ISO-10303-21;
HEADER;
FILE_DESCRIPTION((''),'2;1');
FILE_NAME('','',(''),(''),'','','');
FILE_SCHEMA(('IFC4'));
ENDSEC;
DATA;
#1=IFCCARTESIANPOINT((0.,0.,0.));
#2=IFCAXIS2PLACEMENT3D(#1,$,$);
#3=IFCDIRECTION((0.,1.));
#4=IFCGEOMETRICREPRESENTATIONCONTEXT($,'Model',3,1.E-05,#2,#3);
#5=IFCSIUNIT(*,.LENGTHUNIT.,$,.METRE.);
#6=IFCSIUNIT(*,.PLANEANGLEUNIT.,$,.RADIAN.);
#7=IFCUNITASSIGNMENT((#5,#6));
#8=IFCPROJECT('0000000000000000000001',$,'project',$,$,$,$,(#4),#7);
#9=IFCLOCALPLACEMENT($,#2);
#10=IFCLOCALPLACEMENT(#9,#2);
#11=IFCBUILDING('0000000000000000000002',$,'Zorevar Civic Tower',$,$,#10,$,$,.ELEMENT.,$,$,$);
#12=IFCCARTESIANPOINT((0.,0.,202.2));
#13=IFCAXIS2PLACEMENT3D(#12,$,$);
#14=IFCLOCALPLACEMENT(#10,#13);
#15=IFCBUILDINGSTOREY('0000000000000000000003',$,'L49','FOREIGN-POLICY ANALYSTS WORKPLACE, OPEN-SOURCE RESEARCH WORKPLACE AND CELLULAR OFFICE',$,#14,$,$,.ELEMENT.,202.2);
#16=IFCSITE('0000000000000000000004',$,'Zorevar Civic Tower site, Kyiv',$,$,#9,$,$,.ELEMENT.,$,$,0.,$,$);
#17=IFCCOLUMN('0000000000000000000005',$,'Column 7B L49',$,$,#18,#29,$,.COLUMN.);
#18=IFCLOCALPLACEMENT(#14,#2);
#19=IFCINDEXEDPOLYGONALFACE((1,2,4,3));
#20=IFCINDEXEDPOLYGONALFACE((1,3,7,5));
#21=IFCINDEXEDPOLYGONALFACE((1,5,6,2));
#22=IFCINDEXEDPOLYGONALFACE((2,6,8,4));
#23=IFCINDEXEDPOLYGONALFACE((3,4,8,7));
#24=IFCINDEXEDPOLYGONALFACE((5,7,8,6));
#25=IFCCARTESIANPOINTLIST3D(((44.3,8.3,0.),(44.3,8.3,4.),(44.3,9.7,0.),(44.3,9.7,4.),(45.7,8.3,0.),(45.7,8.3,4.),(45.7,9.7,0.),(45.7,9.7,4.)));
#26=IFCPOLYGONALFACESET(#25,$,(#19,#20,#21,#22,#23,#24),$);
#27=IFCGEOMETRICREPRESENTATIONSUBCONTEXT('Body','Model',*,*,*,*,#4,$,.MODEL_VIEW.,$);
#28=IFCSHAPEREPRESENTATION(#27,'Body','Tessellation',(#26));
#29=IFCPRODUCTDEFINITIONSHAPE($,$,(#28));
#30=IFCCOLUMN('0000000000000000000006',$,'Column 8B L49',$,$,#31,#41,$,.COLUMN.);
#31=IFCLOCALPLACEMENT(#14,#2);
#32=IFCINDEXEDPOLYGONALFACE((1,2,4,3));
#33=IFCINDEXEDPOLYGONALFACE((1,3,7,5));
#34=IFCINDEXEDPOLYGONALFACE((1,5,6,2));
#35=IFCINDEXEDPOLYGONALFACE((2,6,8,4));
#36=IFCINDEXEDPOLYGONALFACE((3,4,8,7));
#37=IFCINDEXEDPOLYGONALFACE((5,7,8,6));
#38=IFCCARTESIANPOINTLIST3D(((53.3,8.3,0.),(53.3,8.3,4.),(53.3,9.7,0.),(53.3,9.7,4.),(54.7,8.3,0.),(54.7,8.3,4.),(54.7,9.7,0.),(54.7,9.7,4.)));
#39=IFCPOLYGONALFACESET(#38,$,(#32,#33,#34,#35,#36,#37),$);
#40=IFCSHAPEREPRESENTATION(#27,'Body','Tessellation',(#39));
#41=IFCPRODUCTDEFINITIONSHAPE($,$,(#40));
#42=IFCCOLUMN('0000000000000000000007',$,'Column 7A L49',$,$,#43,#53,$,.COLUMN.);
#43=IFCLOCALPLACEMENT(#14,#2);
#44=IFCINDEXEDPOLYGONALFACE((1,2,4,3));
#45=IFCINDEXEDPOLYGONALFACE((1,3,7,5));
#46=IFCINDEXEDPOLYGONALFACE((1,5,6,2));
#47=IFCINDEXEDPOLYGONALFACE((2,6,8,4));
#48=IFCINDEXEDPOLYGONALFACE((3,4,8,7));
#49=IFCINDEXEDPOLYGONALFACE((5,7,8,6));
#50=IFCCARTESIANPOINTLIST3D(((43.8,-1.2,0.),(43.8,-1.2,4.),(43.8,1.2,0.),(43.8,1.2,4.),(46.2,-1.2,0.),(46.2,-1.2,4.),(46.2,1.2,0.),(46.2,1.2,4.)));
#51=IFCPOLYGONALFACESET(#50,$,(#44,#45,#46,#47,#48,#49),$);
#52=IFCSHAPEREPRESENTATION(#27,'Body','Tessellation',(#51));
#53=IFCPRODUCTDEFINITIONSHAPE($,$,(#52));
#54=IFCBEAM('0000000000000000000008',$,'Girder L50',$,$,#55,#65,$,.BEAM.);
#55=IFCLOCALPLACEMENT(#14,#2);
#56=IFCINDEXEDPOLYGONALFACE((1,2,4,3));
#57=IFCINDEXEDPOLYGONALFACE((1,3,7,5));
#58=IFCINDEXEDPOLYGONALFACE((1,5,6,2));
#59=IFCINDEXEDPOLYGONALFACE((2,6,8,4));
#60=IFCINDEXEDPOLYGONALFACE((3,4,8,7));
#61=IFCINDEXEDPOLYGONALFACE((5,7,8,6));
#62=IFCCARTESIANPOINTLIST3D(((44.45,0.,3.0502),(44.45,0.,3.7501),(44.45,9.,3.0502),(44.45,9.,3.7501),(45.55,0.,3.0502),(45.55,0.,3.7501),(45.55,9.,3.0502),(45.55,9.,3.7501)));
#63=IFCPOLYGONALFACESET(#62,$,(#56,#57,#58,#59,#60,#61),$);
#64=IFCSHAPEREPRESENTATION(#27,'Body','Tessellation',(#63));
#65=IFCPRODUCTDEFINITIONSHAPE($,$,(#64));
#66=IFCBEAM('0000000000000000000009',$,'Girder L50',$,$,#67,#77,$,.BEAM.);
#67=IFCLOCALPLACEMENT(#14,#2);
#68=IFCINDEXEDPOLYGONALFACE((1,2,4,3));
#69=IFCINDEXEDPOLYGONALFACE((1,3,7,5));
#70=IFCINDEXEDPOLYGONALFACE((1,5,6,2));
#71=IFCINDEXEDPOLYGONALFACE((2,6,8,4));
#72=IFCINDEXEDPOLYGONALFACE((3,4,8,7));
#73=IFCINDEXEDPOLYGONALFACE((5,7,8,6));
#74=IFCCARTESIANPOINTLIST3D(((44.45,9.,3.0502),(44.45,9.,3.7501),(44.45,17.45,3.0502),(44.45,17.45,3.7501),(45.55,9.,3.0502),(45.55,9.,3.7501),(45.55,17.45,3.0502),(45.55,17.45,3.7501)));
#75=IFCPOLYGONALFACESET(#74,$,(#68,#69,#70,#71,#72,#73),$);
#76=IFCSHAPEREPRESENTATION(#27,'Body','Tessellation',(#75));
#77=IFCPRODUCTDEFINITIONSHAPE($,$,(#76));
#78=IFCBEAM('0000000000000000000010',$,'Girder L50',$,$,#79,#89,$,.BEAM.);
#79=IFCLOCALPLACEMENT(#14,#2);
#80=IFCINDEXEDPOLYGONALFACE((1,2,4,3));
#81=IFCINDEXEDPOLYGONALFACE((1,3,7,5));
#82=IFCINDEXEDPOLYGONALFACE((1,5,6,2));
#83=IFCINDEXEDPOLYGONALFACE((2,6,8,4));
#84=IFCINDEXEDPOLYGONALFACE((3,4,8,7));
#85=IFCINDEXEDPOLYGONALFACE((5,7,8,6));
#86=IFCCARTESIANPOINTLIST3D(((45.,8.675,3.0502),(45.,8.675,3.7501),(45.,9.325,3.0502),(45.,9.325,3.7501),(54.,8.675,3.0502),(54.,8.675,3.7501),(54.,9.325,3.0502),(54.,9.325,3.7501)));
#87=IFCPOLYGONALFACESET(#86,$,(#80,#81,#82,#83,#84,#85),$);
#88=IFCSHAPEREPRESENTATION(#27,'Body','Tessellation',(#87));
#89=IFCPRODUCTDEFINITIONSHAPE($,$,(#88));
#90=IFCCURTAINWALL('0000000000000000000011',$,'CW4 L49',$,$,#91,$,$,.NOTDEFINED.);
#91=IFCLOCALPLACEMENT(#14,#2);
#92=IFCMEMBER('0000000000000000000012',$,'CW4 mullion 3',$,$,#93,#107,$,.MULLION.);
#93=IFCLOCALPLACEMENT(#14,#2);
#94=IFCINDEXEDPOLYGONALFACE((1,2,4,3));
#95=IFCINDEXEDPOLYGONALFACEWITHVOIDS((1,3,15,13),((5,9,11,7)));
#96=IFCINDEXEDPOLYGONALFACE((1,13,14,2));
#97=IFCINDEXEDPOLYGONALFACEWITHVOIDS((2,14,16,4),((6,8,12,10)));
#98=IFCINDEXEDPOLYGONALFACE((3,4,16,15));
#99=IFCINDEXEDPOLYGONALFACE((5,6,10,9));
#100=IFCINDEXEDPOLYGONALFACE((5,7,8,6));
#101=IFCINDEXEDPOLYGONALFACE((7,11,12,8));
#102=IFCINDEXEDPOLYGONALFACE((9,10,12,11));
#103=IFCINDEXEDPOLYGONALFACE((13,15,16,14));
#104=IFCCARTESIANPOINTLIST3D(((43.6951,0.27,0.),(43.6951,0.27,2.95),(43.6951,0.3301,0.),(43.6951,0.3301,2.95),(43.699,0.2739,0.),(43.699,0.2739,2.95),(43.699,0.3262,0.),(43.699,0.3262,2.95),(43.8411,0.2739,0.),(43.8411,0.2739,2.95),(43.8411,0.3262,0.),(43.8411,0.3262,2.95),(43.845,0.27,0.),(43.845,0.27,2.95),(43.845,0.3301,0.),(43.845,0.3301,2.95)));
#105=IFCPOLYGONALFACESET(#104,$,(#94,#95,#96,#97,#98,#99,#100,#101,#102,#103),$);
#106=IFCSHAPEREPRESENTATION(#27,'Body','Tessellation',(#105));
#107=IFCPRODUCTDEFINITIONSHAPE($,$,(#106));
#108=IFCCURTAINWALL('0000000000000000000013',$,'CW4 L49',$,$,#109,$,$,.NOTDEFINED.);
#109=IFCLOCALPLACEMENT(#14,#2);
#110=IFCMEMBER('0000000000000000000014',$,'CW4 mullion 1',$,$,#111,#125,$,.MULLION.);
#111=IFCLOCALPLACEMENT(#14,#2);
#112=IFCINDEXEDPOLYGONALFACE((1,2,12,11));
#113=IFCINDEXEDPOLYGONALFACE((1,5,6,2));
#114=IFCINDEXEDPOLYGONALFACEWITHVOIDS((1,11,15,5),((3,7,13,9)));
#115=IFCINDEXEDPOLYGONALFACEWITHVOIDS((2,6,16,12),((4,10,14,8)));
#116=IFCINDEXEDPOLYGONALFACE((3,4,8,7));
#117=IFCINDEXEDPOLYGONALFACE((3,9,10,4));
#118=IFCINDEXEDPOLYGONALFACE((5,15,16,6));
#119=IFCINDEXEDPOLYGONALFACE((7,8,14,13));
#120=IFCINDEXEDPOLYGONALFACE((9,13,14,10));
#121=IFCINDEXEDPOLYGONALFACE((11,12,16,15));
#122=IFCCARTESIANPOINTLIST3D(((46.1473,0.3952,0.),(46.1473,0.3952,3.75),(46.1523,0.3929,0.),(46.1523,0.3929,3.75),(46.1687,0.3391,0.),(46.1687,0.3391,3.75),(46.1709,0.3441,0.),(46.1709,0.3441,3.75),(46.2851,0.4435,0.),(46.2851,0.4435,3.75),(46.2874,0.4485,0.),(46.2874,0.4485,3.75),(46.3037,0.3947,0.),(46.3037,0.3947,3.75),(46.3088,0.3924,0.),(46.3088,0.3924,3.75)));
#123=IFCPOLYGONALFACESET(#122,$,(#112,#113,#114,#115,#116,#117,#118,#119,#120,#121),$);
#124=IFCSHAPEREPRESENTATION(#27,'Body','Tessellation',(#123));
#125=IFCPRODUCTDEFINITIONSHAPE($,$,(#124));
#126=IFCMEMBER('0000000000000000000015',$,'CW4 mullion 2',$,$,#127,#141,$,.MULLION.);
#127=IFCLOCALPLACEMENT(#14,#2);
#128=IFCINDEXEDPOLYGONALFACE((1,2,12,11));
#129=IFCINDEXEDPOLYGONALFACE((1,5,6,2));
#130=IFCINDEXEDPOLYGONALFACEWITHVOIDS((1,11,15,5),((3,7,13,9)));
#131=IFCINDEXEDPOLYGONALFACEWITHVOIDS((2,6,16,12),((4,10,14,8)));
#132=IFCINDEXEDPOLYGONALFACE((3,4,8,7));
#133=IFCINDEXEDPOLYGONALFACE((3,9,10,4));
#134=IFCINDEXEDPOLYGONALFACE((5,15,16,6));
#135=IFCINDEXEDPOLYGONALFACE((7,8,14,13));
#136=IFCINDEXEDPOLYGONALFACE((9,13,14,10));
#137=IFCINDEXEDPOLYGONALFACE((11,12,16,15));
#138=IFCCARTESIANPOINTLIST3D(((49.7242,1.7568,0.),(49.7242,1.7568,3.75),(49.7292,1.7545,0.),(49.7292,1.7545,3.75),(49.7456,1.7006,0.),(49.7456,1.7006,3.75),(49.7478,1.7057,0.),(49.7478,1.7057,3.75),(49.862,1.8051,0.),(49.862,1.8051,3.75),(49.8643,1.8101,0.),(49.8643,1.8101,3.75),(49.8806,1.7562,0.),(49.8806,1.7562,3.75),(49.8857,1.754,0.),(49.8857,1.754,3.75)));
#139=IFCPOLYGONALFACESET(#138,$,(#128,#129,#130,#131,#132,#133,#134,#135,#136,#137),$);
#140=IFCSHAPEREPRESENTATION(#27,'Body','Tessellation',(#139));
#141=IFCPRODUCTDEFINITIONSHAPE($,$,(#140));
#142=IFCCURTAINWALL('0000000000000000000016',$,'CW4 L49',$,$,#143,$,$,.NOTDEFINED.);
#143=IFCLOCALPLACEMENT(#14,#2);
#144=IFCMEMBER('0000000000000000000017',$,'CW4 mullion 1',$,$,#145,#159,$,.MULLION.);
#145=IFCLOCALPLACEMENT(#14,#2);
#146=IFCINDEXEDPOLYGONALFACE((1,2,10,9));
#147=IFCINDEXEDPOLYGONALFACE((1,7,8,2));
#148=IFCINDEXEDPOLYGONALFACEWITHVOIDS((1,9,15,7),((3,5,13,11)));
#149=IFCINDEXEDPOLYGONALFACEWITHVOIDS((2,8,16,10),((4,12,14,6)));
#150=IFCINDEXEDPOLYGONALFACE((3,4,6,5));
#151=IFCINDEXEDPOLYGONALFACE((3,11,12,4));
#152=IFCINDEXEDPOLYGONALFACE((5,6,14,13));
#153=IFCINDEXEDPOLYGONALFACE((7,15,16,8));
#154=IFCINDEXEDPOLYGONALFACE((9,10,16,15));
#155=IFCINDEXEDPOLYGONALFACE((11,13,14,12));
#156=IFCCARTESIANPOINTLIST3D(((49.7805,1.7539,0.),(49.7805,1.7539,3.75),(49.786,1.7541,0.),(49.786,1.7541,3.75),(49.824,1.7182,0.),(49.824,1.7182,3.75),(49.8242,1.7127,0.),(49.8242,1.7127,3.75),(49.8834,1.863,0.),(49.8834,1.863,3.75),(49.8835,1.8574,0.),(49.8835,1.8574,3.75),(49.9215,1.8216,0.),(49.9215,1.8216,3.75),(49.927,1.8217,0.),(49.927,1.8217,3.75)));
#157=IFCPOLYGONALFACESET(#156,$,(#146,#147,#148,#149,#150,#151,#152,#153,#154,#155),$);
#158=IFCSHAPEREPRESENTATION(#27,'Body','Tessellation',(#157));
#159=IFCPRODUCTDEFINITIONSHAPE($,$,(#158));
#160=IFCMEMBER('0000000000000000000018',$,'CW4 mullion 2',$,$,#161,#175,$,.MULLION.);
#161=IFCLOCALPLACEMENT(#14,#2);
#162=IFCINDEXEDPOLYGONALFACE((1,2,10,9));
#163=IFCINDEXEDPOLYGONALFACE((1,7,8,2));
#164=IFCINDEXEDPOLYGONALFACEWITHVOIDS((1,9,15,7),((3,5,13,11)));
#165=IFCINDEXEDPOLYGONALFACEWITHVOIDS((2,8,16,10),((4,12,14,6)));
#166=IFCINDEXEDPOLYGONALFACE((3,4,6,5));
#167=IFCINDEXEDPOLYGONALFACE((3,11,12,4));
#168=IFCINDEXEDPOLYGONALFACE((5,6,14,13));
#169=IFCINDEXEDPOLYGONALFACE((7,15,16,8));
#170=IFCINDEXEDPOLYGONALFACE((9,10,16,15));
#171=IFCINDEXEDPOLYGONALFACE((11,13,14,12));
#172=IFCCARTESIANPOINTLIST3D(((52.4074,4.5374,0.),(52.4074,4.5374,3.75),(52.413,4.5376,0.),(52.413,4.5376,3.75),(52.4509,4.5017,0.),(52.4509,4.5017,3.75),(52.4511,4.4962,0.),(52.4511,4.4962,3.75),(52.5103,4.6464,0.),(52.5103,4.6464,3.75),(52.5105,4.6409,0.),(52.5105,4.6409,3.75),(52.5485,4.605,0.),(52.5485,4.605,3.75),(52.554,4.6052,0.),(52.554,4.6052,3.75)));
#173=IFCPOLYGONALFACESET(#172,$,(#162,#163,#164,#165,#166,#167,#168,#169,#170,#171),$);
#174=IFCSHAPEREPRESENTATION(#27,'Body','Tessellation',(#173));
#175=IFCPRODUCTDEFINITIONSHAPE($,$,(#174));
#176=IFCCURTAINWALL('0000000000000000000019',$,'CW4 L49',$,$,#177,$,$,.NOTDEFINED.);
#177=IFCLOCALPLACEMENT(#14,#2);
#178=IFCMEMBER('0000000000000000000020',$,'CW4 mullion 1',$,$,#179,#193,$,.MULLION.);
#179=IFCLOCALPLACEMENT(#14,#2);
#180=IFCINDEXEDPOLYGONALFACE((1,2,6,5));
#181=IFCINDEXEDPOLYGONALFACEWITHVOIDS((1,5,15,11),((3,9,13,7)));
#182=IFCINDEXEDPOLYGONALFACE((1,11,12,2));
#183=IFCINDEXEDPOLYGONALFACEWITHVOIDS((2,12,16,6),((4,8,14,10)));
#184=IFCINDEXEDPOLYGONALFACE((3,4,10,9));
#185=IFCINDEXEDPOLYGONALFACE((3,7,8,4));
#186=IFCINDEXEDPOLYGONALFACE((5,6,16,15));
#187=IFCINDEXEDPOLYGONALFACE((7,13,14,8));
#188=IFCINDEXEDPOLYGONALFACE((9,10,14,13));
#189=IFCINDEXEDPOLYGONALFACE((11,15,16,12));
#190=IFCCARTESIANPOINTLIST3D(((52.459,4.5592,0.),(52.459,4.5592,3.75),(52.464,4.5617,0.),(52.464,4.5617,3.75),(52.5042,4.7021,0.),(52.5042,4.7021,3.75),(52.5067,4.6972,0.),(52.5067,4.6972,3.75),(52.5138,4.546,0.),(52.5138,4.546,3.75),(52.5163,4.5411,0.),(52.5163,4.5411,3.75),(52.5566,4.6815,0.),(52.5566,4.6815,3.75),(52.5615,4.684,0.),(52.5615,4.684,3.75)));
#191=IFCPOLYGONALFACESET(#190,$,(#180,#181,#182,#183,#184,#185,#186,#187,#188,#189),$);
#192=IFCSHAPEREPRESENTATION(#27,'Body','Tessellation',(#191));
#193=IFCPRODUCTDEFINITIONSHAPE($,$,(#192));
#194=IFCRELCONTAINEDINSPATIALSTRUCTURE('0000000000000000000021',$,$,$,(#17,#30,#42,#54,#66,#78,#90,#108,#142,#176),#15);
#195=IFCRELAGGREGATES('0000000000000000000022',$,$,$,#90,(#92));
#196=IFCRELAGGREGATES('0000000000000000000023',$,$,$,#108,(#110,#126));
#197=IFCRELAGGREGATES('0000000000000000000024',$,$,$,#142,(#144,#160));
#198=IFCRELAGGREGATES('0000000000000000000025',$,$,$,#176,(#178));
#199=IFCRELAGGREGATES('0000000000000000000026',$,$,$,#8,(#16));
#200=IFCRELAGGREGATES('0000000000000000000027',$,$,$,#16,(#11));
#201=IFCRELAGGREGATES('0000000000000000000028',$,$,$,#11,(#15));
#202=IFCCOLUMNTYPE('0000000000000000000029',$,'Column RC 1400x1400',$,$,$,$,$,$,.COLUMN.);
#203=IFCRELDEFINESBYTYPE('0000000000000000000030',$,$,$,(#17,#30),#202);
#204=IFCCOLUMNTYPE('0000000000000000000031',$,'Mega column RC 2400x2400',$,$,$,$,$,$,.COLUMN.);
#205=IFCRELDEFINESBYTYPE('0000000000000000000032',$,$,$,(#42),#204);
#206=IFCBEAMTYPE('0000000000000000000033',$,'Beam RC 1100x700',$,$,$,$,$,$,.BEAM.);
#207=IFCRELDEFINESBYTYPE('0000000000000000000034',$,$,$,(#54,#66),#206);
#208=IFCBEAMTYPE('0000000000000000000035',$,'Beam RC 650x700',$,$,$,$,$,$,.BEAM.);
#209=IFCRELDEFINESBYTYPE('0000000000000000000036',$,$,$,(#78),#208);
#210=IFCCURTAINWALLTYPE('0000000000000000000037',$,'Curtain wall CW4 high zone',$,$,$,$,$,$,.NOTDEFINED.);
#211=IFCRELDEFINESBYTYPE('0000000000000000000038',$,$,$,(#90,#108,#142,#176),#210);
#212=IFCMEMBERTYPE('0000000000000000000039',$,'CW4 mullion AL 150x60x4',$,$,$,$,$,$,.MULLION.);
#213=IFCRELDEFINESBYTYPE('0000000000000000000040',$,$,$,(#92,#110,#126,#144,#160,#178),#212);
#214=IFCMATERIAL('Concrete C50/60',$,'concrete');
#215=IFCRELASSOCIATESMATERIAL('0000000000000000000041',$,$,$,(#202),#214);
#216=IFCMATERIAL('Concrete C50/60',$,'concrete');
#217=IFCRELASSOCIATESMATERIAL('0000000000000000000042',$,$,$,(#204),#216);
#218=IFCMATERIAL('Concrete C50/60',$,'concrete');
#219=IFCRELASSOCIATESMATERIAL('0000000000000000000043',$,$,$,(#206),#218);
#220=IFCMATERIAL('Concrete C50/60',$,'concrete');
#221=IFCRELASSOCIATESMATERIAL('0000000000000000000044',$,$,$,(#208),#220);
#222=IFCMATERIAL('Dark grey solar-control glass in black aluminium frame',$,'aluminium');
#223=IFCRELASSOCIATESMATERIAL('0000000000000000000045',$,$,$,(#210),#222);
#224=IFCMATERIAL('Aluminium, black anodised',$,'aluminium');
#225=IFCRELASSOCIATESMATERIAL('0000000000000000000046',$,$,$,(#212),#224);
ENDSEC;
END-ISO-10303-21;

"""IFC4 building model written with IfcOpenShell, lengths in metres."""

from ifc_helpers import new_model, si_unit, direction, frame, origin, origin_2d, place, context, subcontext, project, spatial, rectangle, hollow_rectangle, extrude, material, material_profile, profile_set, type_object, element, aggregate, save


model = new_model("IFC4")

# Units and contexts
model_context = context("Model", 3, precision=1e-05, world=origin(), true_north=direction((0.0, 1.0)))
body_context = subcontext(model_context, "Body", "Model", "MODEL_VIEW")
ifc_project = project(units=[si_unit("LENGTHUNIT", "METRE"), si_unit("PLANEANGLEUNIT", "RADIAN")], contexts=[model_context])

# Site, building, storey
site_placement = place(None, origin())
site = spatial("IfcSite", under=ifc_project, at=site_placement, Name="Zorevar Civic Tower site, Kyiv", CompositionType="ELEMENT", RefElevation=0.0)
building_placement = place(site_placement, origin())
building = spatial("IfcBuilding", under=site, at=building_placement, Name="Zorevar Civic Tower", CompositionType="ELEMENT")
storey_placement = place(building_placement, frame((0.0, 0.0, 202.2)))
storey = spatial("IfcBuildingStorey", under=building, at=storey_placement, Name="L49", Description="FOREIGN-POLICY ANALYSTS WORKPLACE, OPEN-SOURCE RESEARCH WORKPLACE AND CELLULAR OFFICE", CompositionType="ELEMENT", Elevation=202.2)

# Columns
ifc_material_1 = material(Name="Concrete C50/60", Category="concrete")
ifc_material_profile_1 = material_profile(ifc_material_1, rectangle(XDim=1.3999, YDim=1.3999, at=origin_2d()), Name="RC 1400x1400")
ifc_profile_set_1 = profile_set([ifc_material_profile_1], Name="Concrete C50/60")
column_type_1 = type_object("IfcColumnType", Name="Column RC 1400x1400", PredefinedType="COLUMN", material=ifc_profile_set_1)
for number, where, z_axis, x_axis, name in (
    (1, (45.0, 9.0, 0.0), (0.0, 0.0, 1.0), (1.0, 0.0, 0.0), "Column 7B L49"),
    (2, (54.0, 9.0, 0.0), (0.0, 0.0, 1.0), (1.0, 0.0, 0.0), "Column 8B L49"),
):
    element("IfcColumn", number, at=place(storey_placement, frame(where, z_axis=z_axis, x_axis=x_axis)), inside=storey, type_object=column_type_1, Name=name, PredefinedType="COLUMN", context=body_context, shape_type="SweptSolid", body=[
        extrude(rectangle(XDim=1.3999, YDim=1.3999, at=origin_2d()), origin(), (0.0, 0.0, 1.0), 4.0),
    ])
ifc_material_2 = material(Name="Concrete C50/60", Category="concrete")
ifc_material_profile_2 = material_profile(ifc_material_2, rectangle(XDim=2.3999, YDim=2.3999, at=origin_2d()), Name="RC 2400x2400")
ifc_profile_set_2 = profile_set([ifc_material_profile_2], Name="Concrete C50/60")
column_type_2 = type_object("IfcColumnType", Name="Mega column RC 2400x2400", PredefinedType="COLUMN", material=ifc_profile_set_2)
column_placement = place(storey_placement, frame((45.0, 0.0, 0.0), z_axis=(0.0, 0.0, 1.0), x_axis=(1.0, 0.0, 0.0)))
element("IfcColumn", 3, at=column_placement, inside=storey, type_object=column_type_2, Name="Column 7A L49", PredefinedType="COLUMN", context=body_context, shape_type="SweptSolid", body=[
    extrude(rectangle(XDim=2.3999, YDim=2.3999, at=origin_2d()), origin(), (0.0, 0.0, 1.0), 4.0),
])

# Beams
ifc_material_3 = material(Name="Concrete C50/60", Category="concrete")
ifc_material_profile_3 = material_profile(ifc_material_3, rectangle(XDim=1.1001, YDim=0.7, at=origin_2d()), Name="RC 1100x700")
ifc_profile_set_3 = profile_set([ifc_material_profile_3], Name="Concrete C50/60")
beam_type_1 = type_object("IfcBeamType", Name="Beam RC 1100x700", PredefinedType="BEAM", material=ifc_profile_set_3)
beam_1_placement = place(storey_placement, frame((45.0, 0.0, 3.4001), z_axis=(0.0, 1.0, 0.0), x_axis=(-1.0, 0.0, 0.0)))
element("IfcBeam", 4, at=beam_1_placement, inside=storey, type_object=beam_type_1, Name="Girder L50", PredefinedType="BEAM", context=body_context, shape_type="SweptSolid", body=[
    extrude(rectangle(XDim=1.1001, YDim=0.7, at=origin_2d()), origin(), (0.0, 0.0, 1.0), 9.0),
])
beam_2_placement = place(storey_placement, frame((45.0, 9.0, 3.4001), z_axis=(0.0, 1.0, 0.0), x_axis=(-1.0, 0.0, 0.0)))
element("IfcBeam", 5, at=beam_2_placement, inside=storey, type_object=beam_type_1, Name="Girder L50", PredefinedType="BEAM", context=body_context, shape_type="SweptSolid", body=[
    extrude(rectangle(XDim=1.1001, YDim=0.7, at=origin_2d()), origin(), (0.0, 0.0, 1.0), 8.45),
])
ifc_material_4 = material(Name="Concrete C50/60", Category="concrete")
ifc_material_profile_4 = material_profile(ifc_material_4, rectangle(XDim=0.6499, YDim=0.7, at=origin_2d()), Name="RC 650x700")
ifc_profile_set_4 = profile_set([ifc_material_profile_4], Name="Concrete C50/60")
beam_type_2 = type_object("IfcBeamType", Name="Beam RC 650x700", PredefinedType="BEAM", material=ifc_profile_set_4)
beam_3_placement = place(storey_placement, frame((45.0, 9.0, 3.4001), z_axis=(1.0, 0.0, 0.0), x_axis=(0.0, 1.0, 0.0)))
element("IfcBeam", 6, at=beam_3_placement, inside=storey, type_object=beam_type_2, Name="Girder L50", PredefinedType="BEAM", context=body_context, shape_type="SweptSolid", body=[
    extrude(rectangle(XDim=0.6499, YDim=0.7, at=origin_2d()), origin(), (0.0, 0.0, 1.0), 9.0),
])

# Curtain wall, member
ifc_material_5 = material(Name="Dark grey solar-control glass in black aluminium frame", Category="aluminium")
curtain_wall_type = type_object("IfcCurtainWallType", Name="Curtain wall CW4 high zone", PredefinedType="NOTDEFINED", material=ifc_material_5)
curtain_wall_1_placement = place(storey_placement, origin())
curtain_wall_1 = element("IfcCurtainWall", 7, at=curtain_wall_1_placement, inside=storey, type_object=curtain_wall_type, Name="CW4 L49", PredefinedType="NOTDEFINED")
ifc_material_6 = material(Name="Aluminium, black anodised", Category="aluminium")
ifc_material_profile_5 = material_profile(ifc_material_6, hollow_rectangle(XDim=0.0601, YDim=0.1499, WallThickness=0.0039, at=origin_2d()), Name="AL 150x60x4")
ifc_profile_set_5 = profile_set([ifc_material_profile_5], Name="Aluminium, black anodised")
member_type_1 = type_object("IfcMemberType", Name="CW4 mullion AL 150x60x4", PredefinedType="MULLION", material=ifc_profile_set_5)
member_1_placement = place(storey_placement, frame((43.77, 0.3, 0.0), z_axis=(0.0, 0.0, 1.0), x_axis=(0.0, 1.0, 0.0)))
member_1 = element("IfcMember", 8, at=member_1_placement, type_object=member_type_1, Name="CW4 mullion 3", PredefinedType="MULLION", context=body_context, shape_type="SweptSolid", body=[
    extrude(hollow_rectangle(XDim=0.0601, YDim=0.1499, WallThickness=0.0039, at=origin_2d()), origin(), (0.0, 0.0, 1.0), 2.95),
])

# Curtain walls, members
curtain_wall_2_placement = place(storey_placement, origin())
curtain_wall_2 = element("IfcCurtainWall", 9, at=curtain_wall_2_placement, inside=storey, type_object=curtain_wall_type, Name="CW4 L49", PredefinedType="NOTDEFINED")
member_2_placement = place(storey_placement, frame((46.228, 0.3938, 0.0), z_axis=(0.0, 0.0, 1.0), x_axis=(-0.355731, 0.934588, 0.0)))
member_2 = element("IfcMember", 10, at=member_2_placement, type_object=member_type_1, Name="CW4 mullion 1", PredefinedType="MULLION", context=body_context, shape_type="SweptSolid", body=[
    extrude(hollow_rectangle(XDim=0.0601, YDim=0.1499, WallThickness=0.0039, at=origin_2d()), origin(), (0.0, 0.0, 1.0), 3.75),
])
member_3_placement = place(storey_placement, frame((49.8049, 1.7554, 0.0), z_axis=(0.0, 0.0, 1.0), x_axis=(-0.355731, 0.934588, 0.0)))
member_3 = element("IfcMember", 11, at=member_3_placement, type_object=member_type_1, Name="CW4 mullion 2", PredefinedType="MULLION", context=body_context, shape_type="SweptSolid", body=[
    extrude(hollow_rectangle(XDim=0.0601, YDim=0.1499, WallThickness=0.0039, at=origin_2d()), origin(), (0.0, 0.0, 1.0), 3.75),
])
curtain_wall_3_placement = place(storey_placement, origin())
curtain_wall_3 = element("IfcCurtainWall", 12, at=curtain_wall_3_placement, inside=storey, type_object=curtain_wall_type, Name="CW4 L49", PredefinedType="NOTDEFINED")
member_4_placement = place(storey_placement, frame((49.8538, 1.7878, 0.0), z_axis=(0.0, 0.0, 1.0), x_axis=(-0.727245, 0.686378, 0.0)))
member_4 = element("IfcMember", 13, at=member_4_placement, type_object=member_type_1, Name="CW4 mullion 1", PredefinedType="MULLION", context=body_context, shape_type="SweptSolid", body=[
    extrude(hollow_rectangle(XDim=0.0601, YDim=0.1499, WallThickness=0.0039, at=origin_2d()), origin(), (0.0, 0.0, 1.0), 3.75),
])
member_5_placement = place(storey_placement, frame((52.4807, 4.5713, 0.0), z_axis=(0.0, 0.0, 1.0), x_axis=(-0.727245, 0.686378, 0.0)))
member_5 = element("IfcMember", 14, at=member_5_placement, type_object=member_type_1, Name="CW4 mullion 2", PredefinedType="MULLION", context=body_context, shape_type="SweptSolid", body=[
    extrude(hollow_rectangle(XDim=0.0601, YDim=0.1499, WallThickness=0.0039, at=origin_2d()), origin(), (0.0, 0.0, 1.0), 3.75),
])
curtain_wall_4_placement = place(storey_placement, origin())
curtain_wall_4 = element("IfcCurtainWall", 15, at=curtain_wall_4_placement, inside=storey, type_object=curtain_wall_type, Name="CW4 L49", PredefinedType="NOTDEFINED")
member_6_placement = place(storey_placement, frame((52.5103, 4.6216, 0.0), z_axis=(0.0, 0.0, 1.0), x_axis=(-0.95359, 0.301108, 0.0)))
member_6 = element("IfcMember", 16, at=member_6_placement, type_object=member_type_1, Name="CW4 mullion 1", PredefinedType="MULLION", context=body_context, shape_type="SweptSolid", body=[
    extrude(hollow_rectangle(XDim=0.0601, YDim=0.1499, WallThickness=0.0039, at=origin_2d()), origin(), (0.0, 0.0, 1.0), 3.75),
])

aggregate(curtain_wall_1, [member_1])
aggregate(curtain_wall_2, [member_2, member_3])
aggregate(curtain_wall_3, [member_4, member_5])
aggregate(curtain_wall_4, [member_6])

save(model, "model.ifc")
